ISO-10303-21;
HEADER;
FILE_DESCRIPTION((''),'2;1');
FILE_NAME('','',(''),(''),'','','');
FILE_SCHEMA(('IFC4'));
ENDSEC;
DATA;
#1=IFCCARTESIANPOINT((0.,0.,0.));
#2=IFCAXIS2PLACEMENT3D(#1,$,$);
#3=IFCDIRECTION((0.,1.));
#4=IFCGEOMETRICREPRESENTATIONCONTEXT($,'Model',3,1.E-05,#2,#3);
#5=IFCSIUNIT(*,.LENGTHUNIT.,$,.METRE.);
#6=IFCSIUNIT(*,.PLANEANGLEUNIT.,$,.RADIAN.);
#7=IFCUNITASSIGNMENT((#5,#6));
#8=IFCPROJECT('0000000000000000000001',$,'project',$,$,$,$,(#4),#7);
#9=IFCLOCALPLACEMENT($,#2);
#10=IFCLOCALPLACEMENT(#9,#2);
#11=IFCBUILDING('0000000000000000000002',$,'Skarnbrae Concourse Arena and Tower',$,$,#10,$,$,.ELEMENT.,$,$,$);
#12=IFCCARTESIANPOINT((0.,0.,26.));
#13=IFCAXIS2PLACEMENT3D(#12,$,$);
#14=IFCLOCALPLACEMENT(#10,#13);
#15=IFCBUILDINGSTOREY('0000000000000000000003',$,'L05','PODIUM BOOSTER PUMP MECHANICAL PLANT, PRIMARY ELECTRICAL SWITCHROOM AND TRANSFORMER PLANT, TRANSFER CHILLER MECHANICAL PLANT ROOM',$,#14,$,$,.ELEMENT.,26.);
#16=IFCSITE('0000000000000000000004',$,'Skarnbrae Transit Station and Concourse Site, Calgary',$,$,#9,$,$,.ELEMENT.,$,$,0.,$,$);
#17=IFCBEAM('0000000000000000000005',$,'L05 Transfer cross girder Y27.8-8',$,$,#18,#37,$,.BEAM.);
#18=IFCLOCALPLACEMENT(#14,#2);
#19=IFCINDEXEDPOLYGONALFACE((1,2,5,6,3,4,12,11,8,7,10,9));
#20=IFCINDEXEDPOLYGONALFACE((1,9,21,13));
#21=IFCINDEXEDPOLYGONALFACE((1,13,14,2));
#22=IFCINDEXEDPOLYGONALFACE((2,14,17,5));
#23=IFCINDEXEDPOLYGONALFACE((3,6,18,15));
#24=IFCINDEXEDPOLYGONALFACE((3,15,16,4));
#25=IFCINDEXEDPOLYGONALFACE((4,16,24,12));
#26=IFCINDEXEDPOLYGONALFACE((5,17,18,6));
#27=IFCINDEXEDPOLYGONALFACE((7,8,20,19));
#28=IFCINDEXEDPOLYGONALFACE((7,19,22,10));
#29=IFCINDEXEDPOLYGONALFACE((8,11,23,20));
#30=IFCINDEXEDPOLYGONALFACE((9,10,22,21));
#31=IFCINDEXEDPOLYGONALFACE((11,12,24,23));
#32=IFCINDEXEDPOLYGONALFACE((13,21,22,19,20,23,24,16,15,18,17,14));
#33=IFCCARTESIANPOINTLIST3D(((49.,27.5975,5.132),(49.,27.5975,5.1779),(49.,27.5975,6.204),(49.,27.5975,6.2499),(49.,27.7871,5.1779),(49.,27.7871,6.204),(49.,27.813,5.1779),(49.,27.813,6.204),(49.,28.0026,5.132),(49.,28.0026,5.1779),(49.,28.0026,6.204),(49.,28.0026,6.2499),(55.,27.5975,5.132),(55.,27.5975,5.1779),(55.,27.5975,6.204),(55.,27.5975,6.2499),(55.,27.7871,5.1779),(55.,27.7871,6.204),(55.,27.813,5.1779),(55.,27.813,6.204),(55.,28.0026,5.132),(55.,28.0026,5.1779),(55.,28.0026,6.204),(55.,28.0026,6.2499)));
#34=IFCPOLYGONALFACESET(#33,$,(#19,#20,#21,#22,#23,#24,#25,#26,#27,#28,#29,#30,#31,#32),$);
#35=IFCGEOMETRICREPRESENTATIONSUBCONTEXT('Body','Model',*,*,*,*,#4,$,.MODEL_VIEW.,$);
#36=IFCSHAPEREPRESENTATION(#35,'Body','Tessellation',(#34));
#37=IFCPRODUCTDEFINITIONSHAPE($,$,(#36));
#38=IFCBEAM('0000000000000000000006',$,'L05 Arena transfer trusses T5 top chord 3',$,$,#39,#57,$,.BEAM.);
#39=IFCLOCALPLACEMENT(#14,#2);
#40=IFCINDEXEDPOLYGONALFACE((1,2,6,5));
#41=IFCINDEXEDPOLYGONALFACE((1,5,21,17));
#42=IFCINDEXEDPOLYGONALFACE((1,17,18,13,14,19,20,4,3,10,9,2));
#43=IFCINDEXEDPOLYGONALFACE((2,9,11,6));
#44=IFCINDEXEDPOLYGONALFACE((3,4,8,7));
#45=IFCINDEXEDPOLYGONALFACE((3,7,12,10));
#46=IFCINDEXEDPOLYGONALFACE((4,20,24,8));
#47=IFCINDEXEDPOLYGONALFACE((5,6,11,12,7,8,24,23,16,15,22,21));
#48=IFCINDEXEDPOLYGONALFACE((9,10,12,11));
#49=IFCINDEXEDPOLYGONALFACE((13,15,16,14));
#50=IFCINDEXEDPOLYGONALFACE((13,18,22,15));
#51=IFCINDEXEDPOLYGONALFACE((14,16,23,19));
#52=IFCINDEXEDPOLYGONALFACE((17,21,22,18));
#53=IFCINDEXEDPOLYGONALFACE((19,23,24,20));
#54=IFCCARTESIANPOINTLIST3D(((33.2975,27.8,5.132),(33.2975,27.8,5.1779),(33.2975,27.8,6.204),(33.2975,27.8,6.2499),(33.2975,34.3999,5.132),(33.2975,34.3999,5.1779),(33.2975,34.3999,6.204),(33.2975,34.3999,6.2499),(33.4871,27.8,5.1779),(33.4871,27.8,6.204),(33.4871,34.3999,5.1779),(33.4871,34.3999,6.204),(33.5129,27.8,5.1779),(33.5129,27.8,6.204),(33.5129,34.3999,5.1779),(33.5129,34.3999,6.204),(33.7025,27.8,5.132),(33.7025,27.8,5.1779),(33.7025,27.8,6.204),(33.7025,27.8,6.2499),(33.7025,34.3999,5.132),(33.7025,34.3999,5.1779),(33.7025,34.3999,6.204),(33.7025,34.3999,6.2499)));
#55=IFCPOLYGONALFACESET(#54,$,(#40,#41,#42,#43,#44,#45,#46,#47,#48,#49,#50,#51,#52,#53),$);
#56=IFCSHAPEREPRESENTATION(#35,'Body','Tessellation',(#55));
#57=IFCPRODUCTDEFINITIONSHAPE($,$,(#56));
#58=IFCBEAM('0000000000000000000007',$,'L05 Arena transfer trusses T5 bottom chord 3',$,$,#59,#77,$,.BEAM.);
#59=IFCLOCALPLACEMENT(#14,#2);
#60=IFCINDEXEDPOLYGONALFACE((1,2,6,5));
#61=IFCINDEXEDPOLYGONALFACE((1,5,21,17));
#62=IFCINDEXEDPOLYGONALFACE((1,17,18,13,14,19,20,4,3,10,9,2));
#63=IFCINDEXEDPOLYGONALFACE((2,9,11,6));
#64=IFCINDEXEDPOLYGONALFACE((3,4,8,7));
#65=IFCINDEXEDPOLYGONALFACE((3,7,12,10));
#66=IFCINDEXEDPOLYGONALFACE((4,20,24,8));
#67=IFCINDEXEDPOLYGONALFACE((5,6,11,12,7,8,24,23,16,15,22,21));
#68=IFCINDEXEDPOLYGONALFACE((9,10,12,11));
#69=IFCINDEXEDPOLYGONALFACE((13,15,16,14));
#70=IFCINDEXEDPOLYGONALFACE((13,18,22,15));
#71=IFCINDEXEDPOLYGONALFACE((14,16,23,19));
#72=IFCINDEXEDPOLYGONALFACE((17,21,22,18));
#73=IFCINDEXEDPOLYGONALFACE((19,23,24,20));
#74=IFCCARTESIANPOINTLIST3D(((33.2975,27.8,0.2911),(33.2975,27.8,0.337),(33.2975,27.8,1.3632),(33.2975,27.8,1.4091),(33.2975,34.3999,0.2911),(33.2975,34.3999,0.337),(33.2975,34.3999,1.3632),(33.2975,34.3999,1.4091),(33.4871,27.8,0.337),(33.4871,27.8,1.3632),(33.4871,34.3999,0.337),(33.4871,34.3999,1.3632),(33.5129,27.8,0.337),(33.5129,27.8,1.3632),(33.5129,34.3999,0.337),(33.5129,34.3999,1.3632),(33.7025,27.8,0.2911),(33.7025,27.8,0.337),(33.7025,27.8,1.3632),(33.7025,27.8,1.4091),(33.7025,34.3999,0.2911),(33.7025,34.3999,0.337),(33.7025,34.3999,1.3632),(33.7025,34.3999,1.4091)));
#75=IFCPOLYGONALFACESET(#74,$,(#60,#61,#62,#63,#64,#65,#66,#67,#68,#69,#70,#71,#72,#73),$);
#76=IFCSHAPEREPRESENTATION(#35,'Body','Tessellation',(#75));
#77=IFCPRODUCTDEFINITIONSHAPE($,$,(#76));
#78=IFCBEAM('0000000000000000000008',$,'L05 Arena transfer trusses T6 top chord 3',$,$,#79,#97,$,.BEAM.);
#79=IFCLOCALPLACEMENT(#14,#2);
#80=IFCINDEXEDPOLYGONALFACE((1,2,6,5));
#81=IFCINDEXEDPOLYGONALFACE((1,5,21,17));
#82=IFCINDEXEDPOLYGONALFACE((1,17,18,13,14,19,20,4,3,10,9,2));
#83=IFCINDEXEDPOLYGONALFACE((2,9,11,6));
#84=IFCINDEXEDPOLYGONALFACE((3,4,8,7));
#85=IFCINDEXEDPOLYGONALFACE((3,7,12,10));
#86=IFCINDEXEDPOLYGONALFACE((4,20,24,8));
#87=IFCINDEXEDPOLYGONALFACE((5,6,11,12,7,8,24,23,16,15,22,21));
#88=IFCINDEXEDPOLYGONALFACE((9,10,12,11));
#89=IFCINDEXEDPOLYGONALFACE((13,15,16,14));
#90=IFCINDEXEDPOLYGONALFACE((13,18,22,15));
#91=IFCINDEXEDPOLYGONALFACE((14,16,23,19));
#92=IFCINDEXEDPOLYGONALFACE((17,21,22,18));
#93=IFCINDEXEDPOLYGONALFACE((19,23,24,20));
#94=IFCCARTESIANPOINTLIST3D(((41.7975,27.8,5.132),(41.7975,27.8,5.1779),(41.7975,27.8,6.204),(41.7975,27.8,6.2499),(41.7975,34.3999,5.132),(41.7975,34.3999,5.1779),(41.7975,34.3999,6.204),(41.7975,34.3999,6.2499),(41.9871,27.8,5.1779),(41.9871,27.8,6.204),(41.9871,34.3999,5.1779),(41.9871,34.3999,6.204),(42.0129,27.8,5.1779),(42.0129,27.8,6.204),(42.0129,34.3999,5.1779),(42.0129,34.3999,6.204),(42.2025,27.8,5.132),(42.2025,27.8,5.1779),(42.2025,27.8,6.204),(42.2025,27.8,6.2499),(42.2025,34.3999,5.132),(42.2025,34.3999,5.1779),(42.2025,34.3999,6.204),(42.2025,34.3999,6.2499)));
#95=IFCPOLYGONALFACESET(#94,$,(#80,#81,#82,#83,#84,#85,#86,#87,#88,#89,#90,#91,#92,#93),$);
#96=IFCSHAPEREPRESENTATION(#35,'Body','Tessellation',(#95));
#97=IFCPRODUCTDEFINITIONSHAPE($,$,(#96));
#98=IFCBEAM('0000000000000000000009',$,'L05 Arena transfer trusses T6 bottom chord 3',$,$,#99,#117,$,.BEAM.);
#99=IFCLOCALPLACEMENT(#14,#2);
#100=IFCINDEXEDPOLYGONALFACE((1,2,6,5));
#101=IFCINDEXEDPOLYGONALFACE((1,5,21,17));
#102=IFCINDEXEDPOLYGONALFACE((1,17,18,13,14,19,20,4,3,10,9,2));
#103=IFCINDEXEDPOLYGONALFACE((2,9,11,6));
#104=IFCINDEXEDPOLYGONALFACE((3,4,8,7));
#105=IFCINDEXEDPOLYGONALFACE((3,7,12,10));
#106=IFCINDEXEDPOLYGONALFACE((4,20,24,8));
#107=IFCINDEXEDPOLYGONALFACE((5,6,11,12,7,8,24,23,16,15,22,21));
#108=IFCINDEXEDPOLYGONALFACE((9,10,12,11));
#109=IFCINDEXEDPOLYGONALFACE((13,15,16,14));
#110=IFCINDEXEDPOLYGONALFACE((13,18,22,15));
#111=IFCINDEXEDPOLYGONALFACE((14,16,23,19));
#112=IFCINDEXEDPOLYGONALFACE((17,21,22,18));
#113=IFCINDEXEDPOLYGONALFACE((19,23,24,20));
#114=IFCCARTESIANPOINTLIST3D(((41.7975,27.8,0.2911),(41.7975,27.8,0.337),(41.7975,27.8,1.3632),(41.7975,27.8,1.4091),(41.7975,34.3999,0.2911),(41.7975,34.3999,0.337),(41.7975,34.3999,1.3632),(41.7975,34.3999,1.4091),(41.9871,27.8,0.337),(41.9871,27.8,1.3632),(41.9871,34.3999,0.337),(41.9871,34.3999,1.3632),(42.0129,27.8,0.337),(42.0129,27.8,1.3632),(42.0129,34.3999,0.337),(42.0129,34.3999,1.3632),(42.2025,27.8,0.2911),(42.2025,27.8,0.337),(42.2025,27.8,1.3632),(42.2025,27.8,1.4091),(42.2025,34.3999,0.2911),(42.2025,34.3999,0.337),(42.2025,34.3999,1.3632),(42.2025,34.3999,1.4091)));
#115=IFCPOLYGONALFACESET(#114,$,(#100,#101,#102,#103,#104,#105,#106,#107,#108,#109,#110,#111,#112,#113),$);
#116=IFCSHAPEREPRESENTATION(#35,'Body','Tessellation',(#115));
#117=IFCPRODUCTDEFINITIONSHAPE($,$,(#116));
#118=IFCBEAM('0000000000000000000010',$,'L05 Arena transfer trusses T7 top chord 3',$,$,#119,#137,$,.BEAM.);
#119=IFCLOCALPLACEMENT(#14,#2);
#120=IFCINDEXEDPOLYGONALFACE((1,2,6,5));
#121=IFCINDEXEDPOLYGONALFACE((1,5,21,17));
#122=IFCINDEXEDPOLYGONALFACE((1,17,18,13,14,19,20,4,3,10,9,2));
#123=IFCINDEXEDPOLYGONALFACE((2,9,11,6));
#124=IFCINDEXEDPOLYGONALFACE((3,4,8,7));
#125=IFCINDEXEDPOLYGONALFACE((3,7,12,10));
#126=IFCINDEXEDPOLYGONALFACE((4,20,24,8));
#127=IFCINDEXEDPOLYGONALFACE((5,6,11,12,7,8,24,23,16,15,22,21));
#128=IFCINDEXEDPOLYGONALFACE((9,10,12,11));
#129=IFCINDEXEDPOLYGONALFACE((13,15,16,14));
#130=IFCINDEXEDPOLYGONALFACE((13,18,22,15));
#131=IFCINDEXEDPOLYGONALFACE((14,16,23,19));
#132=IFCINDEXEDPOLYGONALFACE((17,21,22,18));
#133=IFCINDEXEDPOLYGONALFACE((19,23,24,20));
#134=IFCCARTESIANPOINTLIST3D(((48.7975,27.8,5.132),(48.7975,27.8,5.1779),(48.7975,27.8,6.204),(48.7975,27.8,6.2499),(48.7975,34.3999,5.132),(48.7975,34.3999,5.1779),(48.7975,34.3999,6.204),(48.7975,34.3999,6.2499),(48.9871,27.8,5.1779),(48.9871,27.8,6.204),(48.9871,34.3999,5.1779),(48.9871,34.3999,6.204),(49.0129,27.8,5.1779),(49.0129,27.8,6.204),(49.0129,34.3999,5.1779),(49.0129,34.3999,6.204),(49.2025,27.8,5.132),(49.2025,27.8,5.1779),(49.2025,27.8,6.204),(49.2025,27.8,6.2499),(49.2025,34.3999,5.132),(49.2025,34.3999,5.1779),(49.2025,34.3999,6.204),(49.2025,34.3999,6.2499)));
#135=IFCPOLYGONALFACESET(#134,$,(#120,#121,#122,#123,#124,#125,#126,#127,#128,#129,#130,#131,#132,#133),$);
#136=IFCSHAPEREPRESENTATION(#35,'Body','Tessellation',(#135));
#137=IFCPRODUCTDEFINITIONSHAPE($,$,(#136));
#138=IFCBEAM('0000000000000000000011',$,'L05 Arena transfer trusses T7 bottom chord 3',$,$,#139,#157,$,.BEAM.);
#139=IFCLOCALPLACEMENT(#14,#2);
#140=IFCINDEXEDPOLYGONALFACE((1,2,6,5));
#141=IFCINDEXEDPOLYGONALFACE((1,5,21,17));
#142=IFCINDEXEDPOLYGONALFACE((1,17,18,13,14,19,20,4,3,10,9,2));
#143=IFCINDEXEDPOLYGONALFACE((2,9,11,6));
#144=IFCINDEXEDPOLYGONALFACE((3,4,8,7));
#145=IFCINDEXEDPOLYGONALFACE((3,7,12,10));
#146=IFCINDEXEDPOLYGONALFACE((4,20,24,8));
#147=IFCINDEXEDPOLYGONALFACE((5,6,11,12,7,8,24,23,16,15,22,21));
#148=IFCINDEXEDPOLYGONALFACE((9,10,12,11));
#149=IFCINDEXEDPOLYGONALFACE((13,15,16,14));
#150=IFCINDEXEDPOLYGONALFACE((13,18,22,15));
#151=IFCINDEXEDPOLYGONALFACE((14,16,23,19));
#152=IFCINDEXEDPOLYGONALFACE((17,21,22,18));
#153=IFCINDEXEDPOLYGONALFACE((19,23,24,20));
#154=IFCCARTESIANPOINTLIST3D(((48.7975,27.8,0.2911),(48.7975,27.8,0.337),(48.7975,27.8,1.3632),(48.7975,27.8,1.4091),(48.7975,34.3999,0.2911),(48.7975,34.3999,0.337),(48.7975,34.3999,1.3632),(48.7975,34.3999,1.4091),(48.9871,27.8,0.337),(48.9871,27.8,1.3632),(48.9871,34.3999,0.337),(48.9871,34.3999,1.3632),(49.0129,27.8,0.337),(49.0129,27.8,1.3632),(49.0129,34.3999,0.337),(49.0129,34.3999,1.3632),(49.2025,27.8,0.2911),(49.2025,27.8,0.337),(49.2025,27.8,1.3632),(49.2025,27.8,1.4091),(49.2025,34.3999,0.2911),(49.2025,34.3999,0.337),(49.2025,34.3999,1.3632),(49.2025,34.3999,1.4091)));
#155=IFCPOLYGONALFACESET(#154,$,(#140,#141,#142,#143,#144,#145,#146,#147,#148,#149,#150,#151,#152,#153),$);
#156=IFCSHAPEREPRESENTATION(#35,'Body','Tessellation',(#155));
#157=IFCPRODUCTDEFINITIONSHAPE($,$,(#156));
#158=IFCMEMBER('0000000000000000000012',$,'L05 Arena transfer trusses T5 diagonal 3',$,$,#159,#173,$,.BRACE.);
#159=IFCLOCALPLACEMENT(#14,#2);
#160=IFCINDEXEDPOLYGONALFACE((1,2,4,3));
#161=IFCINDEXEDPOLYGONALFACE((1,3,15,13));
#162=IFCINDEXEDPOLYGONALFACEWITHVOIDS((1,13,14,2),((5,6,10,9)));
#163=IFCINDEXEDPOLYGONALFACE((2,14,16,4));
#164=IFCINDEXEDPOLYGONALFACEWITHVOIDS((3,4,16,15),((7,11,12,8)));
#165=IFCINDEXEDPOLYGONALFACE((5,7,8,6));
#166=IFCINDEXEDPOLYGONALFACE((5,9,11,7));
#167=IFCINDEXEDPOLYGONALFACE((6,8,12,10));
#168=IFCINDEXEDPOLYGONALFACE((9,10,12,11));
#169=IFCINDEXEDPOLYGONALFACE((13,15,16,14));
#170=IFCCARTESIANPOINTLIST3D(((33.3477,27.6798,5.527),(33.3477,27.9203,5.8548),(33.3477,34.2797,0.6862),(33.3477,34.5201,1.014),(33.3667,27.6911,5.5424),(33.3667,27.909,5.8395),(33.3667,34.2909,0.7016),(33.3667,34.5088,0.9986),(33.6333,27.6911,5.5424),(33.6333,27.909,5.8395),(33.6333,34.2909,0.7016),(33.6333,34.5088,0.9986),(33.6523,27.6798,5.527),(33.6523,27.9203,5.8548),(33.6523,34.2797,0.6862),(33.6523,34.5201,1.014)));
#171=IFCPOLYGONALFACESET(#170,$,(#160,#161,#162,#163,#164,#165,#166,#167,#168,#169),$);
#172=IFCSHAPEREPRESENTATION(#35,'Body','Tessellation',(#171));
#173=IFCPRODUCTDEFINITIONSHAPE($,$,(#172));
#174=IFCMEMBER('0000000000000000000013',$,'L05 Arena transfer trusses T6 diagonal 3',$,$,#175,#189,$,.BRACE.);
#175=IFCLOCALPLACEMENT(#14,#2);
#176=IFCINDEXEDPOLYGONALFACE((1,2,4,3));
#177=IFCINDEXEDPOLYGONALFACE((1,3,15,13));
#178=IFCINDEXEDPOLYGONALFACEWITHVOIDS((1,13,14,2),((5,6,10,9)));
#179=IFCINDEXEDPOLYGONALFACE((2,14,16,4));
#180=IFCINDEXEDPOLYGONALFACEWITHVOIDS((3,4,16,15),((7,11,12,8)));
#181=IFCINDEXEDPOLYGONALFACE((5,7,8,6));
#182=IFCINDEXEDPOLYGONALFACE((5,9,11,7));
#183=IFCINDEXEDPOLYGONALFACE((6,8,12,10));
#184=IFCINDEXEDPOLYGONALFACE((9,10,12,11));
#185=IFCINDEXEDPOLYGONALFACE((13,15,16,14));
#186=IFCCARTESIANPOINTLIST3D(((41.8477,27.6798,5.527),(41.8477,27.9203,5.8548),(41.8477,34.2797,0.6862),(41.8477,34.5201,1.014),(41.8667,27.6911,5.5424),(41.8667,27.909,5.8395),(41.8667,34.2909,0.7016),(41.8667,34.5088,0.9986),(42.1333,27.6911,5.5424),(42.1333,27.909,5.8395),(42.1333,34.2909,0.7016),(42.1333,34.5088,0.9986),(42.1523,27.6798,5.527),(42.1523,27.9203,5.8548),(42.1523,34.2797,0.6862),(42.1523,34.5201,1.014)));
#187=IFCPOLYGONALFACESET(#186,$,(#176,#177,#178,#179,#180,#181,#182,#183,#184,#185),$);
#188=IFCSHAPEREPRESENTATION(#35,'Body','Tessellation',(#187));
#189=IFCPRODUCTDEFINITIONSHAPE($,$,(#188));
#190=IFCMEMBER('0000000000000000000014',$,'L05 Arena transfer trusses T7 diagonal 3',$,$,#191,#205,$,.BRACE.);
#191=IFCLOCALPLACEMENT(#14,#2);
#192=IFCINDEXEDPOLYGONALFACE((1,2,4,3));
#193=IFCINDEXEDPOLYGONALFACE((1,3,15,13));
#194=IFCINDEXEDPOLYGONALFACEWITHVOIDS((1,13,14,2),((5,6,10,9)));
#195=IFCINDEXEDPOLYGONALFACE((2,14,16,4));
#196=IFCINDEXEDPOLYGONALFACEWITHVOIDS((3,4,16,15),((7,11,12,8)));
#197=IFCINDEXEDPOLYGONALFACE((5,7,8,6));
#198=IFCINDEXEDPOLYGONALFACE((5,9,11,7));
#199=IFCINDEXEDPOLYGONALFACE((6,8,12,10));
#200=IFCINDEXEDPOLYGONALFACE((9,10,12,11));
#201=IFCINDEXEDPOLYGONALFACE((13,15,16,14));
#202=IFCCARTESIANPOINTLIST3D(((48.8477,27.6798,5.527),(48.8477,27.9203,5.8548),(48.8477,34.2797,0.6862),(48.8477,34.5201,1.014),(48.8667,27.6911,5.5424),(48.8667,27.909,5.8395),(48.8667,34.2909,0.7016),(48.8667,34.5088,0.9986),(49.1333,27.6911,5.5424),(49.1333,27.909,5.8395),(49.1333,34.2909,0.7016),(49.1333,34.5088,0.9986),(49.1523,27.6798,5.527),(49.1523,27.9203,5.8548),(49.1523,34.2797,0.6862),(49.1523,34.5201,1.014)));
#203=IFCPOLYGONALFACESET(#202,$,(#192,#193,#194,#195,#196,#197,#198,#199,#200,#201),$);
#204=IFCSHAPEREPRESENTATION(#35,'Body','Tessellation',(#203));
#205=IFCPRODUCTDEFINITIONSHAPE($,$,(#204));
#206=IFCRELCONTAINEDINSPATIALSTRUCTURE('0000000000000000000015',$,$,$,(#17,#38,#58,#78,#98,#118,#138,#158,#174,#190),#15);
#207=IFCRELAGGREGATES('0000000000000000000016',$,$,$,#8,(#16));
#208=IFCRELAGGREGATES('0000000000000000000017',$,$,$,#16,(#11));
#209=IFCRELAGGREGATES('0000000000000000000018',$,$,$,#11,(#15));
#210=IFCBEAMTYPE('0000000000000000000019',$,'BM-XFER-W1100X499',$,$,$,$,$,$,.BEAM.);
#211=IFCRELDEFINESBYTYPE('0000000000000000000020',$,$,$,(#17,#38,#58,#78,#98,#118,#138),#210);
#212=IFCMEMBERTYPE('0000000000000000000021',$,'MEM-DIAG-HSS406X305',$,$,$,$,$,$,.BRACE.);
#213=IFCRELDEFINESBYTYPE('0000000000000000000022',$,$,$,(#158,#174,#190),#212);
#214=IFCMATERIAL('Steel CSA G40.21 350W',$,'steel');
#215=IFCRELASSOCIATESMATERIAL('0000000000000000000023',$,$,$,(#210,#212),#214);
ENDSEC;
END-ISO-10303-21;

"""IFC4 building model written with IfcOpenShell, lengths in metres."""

from ifc_helpers import new_model, si_unit, direction, frame, origin, origin_2d, place, context, subcontext, project, spatial, hollow_rectangle, i_section, extrude, source, transform, mapped, material, material_profile, profile_set, type_object, element, save


model = new_model("IFC4")

# Units and contexts
model_context = context("Model", 3, precision=1e-05, world=origin(), true_north=direction((0.0, 1.0)))
body_context = subcontext(model_context, "Body", "Model", "MODEL_VIEW")
ifc_project = project(units=[si_unit("LENGTHUNIT", "METRE"), si_unit("PLANEANGLEUNIT", "RADIAN")], contexts=[model_context])

# Site, building, storey
site_placement = place(None, origin())
site = spatial("IfcSite", under=ifc_project, at=site_placement, Name="Skarnbrae Transit Station and Concourse Site, Calgary", CompositionType="ELEMENT", RefElevation=0.0)
building_placement = place(site_placement, origin())
building = spatial("IfcBuilding", under=site, at=building_placement, Name="Skarnbrae Concourse Arena and Tower", CompositionType="ELEMENT")
storey_placement = place(building_placement, frame((0.0, 0.0, 26.0)))
storey = spatial("IfcBuildingStorey", under=building, at=storey_placement, Name="L05", Description="PODIUM BOOSTER PUMP MECHANICAL PLANT, PRIMARY ELECTRICAL SWITCHROOM AND TRANSFORMER PLANT, TRANSFER CHILLER MECHANICAL PLANT ROOM", CompositionType="ELEMENT", Elevation=26.0)

# Shared definitions
ifc_material = material(Name="Steel CSA G40.21 350W", Category="steel")

# Beams
ifc_material_profile_1 = material_profile(ifc_material, i_section(OverallWidth=0.405, OverallDepth=1.1179, WebThickness=0.0259, FlangeThickness=0.0459, at=origin_2d()), Name="W1100X499")
ifc_profile_set_1 = profile_set([ifc_material_profile_1], Name="Steel CSA G40.21 350W")
beam_type = type_object("IfcBeamType", Name="BM-XFER-W1100X499", PredefinedType="BEAM", material=ifc_profile_set_1)
shared_shape_1 = source(origin(), body_context, "Body", "SweptSolid", [
    extrude(i_section(OverallWidth=0.405, OverallDepth=1.1179, WebThickness=0.0259, FlangeThickness=0.0459, at=origin_2d()), origin(), (0.0, 0.0, 1.0), 6.0),
])
for number, where, z_axis, x_axis, name in (
    (1, (49.0, 27.8, 5.6909), (1.0, 0.0, 0.0), (0.0, 1.0, 0.0), "L05 Transfer cross girder Y27.8-8"),
):
    element("IfcBeam", number, at=place(storey_placement, frame(where, z_axis=z_axis, x_axis=x_axis)), inside=storey, type_object=beam_type, Name=name, PredefinedType="BEAM", context=body_context, shape_type="MappedRepresentation", body=[
        mapped(shared_shape_1, transform((0.0, 0.0, 0.0))),
    ])
shared_shape_2 = source(origin(), body_context, "Body", "SweptSolid", [
    extrude(i_section(OverallWidth=0.405, OverallDepth=1.1179, WebThickness=0.0259, FlangeThickness=0.0459, at=origin_2d()), origin(), (0.0, 0.0, 1.0), 6.5999),
])
for number, where, z_axis, x_axis, name in (
    (2, (33.5, 27.8, 5.6909), (0.0, 1.0, 0.0), (-1.0, 0.0, 0.0), "L05 Arena transfer trusses T5 top chord 3"),
    (3, (33.5, 27.8, 0.8501), (0.0, 1.0, 0.0), (-1.0, 0.0, 0.0), "L05 Arena transfer trusses T5 bottom chord 3"),
    (4, (42.0, 27.8, 5.6909), (0.0, 1.0, 0.0), (-1.0, 0.0, 0.0), "L05 Arena transfer trusses T6 top chord 3"),
    (5, (42.0, 27.8, 0.8501), (0.0, 1.0, 0.0), (-1.0, 0.0, 0.0), "L05 Arena transfer trusses T6 bottom chord 3"),
    (6, (49.0, 27.8, 5.6909), (0.0, 1.0, 0.0), (-1.0, 0.0, 0.0), "L05 Arena transfer trusses T7 top chord 3"),
    (7, (49.0, 27.8, 0.8501), (0.0, 1.0, 0.0), (-1.0, 0.0, 0.0), "L05 Arena transfer trusses T7 bottom chord 3"),
):
    element("IfcBeam", number, at=place(storey_placement, frame(where, z_axis=z_axis, x_axis=x_axis)), inside=storey, type_object=beam_type, Name=name, PredefinedType="BEAM", context=body_context, shape_type="MappedRepresentation", body=[
        mapped(shared_shape_2, transform((0.0, 0.0, 0.0))),
    ])

# Members
ifc_material_profile_2 = material_profile(ifc_material, hollow_rectangle(XDim=0.3047, YDim=0.4065, WallThickness=0.019, at=origin_2d()), Name="HSS406X305X19.0")
ifc_profile_set_2 = profile_set([ifc_material_profile_2], Name="Steel CSA G40.21 350W")
member_type = type_object("IfcMemberType", Name="MEM-DIAG-HSS406X305", PredefinedType="BRACE", material=ifc_profile_set_2)
shared_shape_3 = source(origin(), body_context, "Body", "SweptSolid", [
    extrude(hollow_rectangle(XDim=0.3047, YDim=0.4065, WallThickness=0.019, at=origin_2d()), origin(), (0.0, 0.0, 1.0), 8.1848),
])
for number, where, z_axis, x_axis, name in (
    (8, (33.5, 27.8, 5.6909), (0.0, 0.806351, -0.591437), (-1.0, 0.0, 0.0), "L05 Arena transfer trusses T5 diagonal 3"),
    (9, (42.0, 27.8, 5.6909), (0.0, 0.806351, -0.591437), (-1.0, 0.0, 0.0), "L05 Arena transfer trusses T6 diagonal 3"),
    (10, (49.0, 27.8, 5.6909), (0.0, 0.806351, -0.591437), (-1.0, 0.0, 0.0), "L05 Arena transfer trusses T7 diagonal 3"),
):
    element("IfcMember", number, at=place(storey_placement, frame(where, z_axis=z_axis, x_axis=x_axis)), inside=storey, type_object=member_type, Name=name, PredefinedType="BRACE", context=body_context, shape_type="MappedRepresentation", body=[
        mapped(shared_shape_3, transform((0.0, 0.0, 0.0))),
    ])

save(model, "model.ifc")
